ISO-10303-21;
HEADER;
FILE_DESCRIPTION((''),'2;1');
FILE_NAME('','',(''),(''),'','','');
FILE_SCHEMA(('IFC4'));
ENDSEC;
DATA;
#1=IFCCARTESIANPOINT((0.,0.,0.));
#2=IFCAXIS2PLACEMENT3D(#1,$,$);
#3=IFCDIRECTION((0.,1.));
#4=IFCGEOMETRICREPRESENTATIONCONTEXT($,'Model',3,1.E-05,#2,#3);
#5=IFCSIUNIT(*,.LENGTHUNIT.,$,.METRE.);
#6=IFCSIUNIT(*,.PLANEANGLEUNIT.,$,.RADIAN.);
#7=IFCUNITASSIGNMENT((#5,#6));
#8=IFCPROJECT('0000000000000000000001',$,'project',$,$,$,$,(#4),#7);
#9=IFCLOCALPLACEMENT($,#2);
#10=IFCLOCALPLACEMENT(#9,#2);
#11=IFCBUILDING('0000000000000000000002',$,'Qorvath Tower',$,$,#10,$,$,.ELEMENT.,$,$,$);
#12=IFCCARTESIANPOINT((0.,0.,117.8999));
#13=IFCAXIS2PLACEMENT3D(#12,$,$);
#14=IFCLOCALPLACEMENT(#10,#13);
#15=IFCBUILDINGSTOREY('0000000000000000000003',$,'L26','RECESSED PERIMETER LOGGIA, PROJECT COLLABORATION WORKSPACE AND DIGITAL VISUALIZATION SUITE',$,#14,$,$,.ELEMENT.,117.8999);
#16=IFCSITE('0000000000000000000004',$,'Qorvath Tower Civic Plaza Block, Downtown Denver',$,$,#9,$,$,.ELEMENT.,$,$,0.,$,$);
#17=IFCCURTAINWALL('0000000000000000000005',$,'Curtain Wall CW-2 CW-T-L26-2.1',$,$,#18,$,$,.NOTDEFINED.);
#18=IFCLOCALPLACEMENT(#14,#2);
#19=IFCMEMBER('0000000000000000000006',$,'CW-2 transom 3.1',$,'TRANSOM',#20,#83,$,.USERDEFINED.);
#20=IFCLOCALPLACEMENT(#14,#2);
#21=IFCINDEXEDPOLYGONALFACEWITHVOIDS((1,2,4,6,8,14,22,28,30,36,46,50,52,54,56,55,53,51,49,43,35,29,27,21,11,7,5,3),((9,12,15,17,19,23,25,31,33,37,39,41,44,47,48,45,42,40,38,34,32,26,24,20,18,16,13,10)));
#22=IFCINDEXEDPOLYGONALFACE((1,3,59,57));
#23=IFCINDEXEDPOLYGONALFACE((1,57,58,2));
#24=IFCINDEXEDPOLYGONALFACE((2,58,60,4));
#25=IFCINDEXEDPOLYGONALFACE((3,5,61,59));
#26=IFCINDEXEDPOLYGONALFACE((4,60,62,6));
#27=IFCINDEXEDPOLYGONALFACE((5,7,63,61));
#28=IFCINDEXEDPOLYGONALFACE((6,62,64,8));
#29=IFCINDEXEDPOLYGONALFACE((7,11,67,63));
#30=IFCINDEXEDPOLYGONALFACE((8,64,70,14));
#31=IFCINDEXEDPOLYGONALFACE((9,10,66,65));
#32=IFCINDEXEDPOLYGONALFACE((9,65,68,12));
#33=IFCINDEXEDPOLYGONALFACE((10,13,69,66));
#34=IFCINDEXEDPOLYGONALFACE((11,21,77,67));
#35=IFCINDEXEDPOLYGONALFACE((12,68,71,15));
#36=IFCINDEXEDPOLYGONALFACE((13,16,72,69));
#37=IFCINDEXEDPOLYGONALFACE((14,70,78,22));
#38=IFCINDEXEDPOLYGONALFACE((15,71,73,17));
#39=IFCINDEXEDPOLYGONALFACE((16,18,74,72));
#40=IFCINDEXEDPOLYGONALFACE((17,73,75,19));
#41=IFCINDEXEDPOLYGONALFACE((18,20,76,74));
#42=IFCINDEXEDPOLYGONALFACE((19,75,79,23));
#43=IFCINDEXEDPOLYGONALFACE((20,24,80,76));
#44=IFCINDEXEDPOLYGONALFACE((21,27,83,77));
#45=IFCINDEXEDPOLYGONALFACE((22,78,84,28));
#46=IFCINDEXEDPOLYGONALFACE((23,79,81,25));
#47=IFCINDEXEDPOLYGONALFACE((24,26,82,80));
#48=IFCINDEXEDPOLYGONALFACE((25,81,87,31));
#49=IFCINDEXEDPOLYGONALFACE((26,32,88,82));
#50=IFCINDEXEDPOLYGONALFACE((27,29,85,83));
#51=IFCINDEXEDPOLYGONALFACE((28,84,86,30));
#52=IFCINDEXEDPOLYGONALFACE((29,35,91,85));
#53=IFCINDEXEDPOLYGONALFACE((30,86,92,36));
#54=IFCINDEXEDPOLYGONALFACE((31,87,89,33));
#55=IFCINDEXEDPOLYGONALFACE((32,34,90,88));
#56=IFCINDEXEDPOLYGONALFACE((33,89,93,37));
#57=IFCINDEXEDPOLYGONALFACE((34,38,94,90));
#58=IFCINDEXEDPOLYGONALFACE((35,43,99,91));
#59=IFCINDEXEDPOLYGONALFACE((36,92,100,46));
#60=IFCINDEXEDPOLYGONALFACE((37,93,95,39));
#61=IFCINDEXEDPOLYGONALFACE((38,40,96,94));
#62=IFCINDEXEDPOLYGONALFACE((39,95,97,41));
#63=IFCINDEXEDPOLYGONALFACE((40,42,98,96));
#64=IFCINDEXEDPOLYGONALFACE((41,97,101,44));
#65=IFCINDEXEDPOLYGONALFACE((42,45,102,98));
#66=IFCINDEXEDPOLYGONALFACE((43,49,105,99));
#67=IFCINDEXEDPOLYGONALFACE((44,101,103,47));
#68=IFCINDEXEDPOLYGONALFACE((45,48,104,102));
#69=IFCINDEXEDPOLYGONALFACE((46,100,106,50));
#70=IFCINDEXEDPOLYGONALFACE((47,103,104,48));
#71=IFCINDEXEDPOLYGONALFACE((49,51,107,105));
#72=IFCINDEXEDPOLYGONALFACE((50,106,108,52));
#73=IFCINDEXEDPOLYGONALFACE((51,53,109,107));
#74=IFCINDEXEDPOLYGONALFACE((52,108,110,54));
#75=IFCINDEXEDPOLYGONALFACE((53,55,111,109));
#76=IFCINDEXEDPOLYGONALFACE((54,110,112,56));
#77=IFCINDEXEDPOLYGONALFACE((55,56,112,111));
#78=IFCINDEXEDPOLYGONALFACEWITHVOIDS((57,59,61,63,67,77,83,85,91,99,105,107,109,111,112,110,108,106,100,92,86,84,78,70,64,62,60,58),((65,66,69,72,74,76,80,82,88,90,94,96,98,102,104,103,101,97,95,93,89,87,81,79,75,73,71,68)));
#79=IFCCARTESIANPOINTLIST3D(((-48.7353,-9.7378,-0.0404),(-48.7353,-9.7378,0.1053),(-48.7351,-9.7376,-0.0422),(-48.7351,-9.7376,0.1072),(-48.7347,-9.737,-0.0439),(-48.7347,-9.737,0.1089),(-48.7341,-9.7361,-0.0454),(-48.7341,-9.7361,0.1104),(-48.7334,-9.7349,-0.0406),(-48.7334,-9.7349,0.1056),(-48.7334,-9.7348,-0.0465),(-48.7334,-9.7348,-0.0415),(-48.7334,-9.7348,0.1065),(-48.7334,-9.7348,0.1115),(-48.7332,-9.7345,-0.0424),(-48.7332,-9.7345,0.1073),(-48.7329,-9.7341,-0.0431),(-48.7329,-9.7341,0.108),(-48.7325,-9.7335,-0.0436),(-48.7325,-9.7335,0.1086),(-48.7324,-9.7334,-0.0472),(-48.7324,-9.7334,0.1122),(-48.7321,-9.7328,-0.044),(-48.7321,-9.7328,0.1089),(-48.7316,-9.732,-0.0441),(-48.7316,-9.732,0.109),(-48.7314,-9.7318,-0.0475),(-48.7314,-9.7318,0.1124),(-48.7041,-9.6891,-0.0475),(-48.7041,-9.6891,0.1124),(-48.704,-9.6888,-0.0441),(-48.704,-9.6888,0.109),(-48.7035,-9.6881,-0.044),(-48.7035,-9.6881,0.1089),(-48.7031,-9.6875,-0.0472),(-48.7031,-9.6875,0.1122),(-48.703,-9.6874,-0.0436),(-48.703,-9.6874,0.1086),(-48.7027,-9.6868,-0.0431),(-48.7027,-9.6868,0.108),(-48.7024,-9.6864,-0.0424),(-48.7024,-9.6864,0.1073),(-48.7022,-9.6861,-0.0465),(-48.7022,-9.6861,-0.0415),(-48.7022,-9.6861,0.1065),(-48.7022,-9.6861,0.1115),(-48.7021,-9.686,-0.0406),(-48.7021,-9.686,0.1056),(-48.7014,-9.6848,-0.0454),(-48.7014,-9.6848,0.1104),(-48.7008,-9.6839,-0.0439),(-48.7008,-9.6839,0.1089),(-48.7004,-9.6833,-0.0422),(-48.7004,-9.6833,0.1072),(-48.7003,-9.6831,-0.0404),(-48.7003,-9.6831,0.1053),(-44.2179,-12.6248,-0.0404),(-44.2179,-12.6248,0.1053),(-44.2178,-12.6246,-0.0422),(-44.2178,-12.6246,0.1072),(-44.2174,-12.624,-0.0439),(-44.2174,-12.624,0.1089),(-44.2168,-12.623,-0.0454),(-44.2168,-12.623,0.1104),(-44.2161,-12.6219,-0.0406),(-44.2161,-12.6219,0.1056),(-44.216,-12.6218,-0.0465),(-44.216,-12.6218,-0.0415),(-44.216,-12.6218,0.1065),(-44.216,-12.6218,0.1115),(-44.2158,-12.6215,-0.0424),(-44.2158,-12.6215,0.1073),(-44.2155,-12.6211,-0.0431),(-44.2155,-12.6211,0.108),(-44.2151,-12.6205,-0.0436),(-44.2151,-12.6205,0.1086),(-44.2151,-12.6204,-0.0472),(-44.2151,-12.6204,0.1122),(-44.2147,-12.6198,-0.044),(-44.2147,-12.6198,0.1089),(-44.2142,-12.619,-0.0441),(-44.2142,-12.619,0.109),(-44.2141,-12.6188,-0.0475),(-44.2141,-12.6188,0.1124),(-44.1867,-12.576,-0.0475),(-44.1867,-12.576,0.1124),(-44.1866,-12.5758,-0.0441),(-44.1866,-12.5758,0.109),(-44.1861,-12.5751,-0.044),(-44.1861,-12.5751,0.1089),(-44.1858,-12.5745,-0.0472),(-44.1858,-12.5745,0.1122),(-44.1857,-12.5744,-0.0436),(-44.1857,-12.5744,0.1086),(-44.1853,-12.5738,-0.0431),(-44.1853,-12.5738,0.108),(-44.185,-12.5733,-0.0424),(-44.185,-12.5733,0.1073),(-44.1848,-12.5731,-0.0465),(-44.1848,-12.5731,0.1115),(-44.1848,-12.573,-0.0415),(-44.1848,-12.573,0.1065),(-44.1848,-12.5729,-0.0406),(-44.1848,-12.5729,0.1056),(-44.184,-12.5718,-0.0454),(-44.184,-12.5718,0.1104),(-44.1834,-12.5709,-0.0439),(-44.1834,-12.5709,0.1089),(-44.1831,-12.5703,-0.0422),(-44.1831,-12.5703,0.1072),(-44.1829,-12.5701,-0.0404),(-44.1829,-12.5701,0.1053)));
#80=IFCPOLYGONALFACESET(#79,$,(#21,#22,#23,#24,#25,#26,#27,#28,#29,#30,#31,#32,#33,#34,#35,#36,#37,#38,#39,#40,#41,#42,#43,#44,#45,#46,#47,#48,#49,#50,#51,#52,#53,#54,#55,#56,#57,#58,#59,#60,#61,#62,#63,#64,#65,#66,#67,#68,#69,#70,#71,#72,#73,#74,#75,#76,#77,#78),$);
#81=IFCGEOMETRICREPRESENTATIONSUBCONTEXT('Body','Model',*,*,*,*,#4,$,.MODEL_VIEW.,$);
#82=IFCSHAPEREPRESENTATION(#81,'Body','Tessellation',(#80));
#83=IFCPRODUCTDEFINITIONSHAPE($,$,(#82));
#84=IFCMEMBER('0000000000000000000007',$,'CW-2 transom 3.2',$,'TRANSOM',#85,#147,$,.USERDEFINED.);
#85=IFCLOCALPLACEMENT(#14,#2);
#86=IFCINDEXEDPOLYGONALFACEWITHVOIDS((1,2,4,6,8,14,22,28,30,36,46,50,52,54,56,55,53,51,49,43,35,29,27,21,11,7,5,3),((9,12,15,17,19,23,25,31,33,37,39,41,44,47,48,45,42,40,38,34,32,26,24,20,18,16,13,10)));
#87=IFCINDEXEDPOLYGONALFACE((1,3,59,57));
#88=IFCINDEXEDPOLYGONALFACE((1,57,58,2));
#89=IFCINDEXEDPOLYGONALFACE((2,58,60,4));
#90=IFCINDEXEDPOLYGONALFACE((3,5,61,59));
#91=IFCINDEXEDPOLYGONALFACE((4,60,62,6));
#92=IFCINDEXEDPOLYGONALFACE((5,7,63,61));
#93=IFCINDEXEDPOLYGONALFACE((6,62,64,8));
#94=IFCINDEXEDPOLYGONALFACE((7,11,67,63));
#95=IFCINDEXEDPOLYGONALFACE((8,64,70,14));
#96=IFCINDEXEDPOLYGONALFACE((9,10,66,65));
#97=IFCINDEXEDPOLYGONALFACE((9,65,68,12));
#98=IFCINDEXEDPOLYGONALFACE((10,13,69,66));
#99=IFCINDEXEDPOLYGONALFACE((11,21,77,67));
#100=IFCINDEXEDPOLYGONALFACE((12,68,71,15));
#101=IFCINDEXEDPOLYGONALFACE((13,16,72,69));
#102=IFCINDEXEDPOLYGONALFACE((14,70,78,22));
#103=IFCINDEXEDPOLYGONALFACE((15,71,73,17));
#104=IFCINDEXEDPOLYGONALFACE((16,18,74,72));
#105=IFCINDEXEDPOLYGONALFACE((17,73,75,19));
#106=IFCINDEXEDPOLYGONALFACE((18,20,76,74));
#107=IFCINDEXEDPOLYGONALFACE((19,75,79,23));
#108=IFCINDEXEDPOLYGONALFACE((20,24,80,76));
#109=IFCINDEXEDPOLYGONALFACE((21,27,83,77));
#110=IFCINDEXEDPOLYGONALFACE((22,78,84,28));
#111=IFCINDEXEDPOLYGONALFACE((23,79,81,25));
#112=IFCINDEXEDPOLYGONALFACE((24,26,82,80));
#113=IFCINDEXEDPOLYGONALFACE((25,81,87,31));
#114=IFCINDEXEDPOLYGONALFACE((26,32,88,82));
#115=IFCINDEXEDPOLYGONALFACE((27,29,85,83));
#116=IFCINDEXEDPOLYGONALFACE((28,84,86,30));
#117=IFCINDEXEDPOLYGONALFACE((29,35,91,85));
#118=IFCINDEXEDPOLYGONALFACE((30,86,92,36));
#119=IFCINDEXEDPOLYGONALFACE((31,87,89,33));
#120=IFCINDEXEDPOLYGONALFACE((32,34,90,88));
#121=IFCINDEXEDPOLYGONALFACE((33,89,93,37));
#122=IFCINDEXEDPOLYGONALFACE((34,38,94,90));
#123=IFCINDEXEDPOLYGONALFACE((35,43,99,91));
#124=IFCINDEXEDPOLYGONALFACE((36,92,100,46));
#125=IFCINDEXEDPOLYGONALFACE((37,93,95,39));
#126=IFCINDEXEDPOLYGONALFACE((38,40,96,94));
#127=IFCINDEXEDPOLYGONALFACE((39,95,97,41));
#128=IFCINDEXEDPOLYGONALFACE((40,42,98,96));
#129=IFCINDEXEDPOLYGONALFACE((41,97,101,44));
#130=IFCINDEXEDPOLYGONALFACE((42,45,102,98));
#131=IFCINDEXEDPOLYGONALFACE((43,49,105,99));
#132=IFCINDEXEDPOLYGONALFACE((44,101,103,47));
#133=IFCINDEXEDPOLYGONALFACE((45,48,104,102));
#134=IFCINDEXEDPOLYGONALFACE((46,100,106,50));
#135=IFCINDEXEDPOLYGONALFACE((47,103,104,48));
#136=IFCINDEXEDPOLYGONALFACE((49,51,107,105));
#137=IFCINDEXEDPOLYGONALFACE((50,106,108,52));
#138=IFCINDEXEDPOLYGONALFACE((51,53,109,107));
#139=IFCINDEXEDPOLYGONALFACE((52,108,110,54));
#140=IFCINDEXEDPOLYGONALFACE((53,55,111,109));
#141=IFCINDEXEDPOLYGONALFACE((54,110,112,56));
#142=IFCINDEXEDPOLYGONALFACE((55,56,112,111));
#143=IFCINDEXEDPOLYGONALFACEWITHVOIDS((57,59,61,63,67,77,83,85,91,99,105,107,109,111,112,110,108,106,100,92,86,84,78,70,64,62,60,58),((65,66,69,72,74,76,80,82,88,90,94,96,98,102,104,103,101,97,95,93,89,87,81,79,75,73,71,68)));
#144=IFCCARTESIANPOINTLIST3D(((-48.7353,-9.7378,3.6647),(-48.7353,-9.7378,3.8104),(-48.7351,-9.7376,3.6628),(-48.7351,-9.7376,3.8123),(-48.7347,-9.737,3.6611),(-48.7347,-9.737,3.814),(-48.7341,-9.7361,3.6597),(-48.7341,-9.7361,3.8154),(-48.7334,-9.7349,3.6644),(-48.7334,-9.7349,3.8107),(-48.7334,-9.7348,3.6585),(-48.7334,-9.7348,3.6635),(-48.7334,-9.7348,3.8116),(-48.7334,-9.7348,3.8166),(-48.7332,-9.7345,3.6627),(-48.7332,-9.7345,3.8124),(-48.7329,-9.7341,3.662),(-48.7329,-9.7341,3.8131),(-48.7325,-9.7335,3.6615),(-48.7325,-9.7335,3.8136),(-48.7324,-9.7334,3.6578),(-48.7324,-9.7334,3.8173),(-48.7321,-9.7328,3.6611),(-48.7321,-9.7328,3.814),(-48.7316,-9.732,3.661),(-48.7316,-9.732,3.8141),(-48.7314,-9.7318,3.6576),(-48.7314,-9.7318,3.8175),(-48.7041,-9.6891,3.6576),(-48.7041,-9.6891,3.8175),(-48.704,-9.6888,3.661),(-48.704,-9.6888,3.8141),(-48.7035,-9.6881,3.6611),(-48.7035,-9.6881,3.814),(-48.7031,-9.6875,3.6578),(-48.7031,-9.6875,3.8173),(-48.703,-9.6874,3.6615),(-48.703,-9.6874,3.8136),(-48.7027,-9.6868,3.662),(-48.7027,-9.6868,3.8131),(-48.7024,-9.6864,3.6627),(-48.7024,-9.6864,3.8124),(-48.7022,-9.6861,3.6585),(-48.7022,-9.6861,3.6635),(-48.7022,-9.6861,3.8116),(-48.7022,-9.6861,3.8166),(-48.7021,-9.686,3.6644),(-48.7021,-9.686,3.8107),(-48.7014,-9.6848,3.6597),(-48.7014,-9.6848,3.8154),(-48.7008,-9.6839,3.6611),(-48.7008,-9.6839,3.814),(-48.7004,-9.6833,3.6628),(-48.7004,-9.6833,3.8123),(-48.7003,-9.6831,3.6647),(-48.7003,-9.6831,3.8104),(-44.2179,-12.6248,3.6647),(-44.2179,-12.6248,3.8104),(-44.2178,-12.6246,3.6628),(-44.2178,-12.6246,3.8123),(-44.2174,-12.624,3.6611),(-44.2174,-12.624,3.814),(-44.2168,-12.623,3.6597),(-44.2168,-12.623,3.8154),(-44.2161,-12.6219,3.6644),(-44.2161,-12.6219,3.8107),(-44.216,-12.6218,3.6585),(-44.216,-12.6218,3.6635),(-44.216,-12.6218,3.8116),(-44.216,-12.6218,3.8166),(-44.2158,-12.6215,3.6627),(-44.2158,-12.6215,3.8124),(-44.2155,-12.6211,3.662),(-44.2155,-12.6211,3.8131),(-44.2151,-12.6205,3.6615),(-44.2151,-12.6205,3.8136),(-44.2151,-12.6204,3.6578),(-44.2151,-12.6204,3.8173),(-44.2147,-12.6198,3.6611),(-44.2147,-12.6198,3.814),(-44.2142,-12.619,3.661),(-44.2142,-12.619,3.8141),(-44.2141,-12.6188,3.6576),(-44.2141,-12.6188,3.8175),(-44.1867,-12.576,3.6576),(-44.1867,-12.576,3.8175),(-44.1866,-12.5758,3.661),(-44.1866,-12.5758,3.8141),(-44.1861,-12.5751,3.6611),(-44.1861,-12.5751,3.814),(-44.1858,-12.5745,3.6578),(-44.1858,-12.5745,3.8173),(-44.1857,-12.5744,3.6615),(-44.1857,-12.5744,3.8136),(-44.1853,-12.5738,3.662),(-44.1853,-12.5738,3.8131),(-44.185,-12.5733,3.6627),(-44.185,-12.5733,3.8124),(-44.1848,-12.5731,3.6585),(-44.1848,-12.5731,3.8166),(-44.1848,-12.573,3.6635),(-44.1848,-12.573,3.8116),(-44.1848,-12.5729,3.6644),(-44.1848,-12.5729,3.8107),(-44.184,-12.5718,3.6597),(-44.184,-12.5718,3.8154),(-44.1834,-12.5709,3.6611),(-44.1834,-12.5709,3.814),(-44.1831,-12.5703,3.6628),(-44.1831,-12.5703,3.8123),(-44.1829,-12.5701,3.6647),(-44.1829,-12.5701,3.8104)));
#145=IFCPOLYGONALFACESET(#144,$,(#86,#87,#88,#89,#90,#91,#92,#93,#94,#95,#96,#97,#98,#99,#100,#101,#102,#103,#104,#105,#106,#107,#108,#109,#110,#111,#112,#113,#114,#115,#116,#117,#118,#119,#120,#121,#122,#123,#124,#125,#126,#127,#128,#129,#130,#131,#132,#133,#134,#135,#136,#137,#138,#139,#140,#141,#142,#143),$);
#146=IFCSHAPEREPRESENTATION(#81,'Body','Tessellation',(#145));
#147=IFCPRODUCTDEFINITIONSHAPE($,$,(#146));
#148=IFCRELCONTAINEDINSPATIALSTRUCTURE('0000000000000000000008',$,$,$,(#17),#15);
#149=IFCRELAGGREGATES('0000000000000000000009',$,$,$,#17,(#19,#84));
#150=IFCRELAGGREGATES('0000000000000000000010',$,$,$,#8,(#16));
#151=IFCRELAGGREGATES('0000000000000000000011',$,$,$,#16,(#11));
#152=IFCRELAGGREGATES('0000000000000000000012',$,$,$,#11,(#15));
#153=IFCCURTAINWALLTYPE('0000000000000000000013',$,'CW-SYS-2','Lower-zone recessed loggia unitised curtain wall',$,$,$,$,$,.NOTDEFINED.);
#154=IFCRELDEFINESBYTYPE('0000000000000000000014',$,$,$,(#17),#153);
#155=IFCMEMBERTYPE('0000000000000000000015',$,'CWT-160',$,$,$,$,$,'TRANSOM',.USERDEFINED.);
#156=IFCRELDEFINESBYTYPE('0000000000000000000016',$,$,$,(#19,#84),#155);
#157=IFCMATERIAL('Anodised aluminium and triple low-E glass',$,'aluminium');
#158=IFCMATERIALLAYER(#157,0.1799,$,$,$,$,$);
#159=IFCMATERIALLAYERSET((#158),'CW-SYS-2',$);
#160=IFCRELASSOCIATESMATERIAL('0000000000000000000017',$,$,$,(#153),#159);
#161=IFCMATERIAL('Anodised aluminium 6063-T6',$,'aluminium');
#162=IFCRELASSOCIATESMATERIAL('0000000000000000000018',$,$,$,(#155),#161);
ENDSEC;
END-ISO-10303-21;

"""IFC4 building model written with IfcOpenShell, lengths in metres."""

from ifc_helpers import new_model, si_unit, direction, frame, origin, origin_2d, place, context, subcontext, project, spatial, hollow_rectangle, extrude, material, layer, layer_set, material_profile, profile_set, type_object, element, aggregate, save


model = new_model("IFC4")

# Units and contexts
model_context = context("Model", 3, precision=1e-05, world=origin(), true_north=direction((0.0, 1.0)))
body_context = subcontext(model_context, "Body", "Model", "MODEL_VIEW")
ifc_project = project(units=[si_unit("LENGTHUNIT", "METRE"), si_unit("PLANEANGLEUNIT", "RADIAN")], contexts=[model_context])

# Site, building, storey
site_placement = place(None, origin())
site = spatial("IfcSite", under=ifc_project, at=site_placement, Name="Qorvath Tower Civic Plaza Block, Downtown Denver", CompositionType="ELEMENT", RefElevation=0.0)
building_placement = place(site_placement, origin())
building = spatial("IfcBuilding", under=site, at=building_placement, Name="Qorvath Tower", CompositionType="ELEMENT")
storey_placement = place(building_placement, frame((0.0, 0.0, 117.8999)))
storey = spatial("IfcBuildingStorey", under=building, at=storey_placement, Name="L26", Description="RECESSED PERIMETER LOGGIA, PROJECT COLLABORATION WORKSPACE AND DIGITAL VISUALIZATION SUITE", CompositionType="ELEMENT", Elevation=117.8999)

# Curtain wall, members
ifc_material_1 = material(Name="Anodised aluminium and triple low-E glass", Category="aluminium")
ifc_layer_1 = layer(ifc_material_1, 0.1799)
ifc_layer_set_1 = layer_set([ifc_layer_1], Name="CW-SYS-2")
curtain_wall_type = type_object("IfcCurtainWallType", Name="CW-SYS-2", Description="Lower-zone recessed loggia unitised curtain wall", PredefinedType="NOTDEFINED", material=ifc_layer_set_1)
curtain_wall_placement = place(storey_placement, origin())
curtain_wall = element("IfcCurtainWall", 1, at=curtain_wall_placement, inside=storey, type_object=curtain_wall_type, Name="Curtain Wall CW-2 CW-T-L26-2.1", PredefinedType="NOTDEFINED")
ifc_material_2 = material(Name="Anodised aluminium 6063-T6", Category="aluminium")
ifc_material_profile_1 = material_profile(ifc_material_2, hollow_rectangle(XDim=0.0649, YDim=0.1599, WallThickness=0.0034, InnerFilletRadius=0.0034, OuterFilletRadius=0.0071, at=origin_2d()), Name="CWT 160x65")
ifc_profile_set_1 = profile_set([ifc_material_profile_1], Name="Anodised aluminium 6063-T6")
member_type_1 = type_object("IfcMemberType", Name="CWT-160", ElementType="TRANSOM", PredefinedType="USERDEFINED", material=ifc_profile_set_1)
member_1_placement = place(storey_placement, frame((-48.7178, -9.7104, 0.0325), z_axis=(0.842621, -0.538507, 0.0), x_axis=(0.538507, 0.842621, 0.0)))
member_1 = element("IfcMember", 2, at=member_1_placement, type_object=member_type_1, Name="CW-2 transom 3.1", ObjectType="TRANSOM", PredefinedType="USERDEFINED", context=body_context, shape_type="SweptSolid", body=[
    extrude(hollow_rectangle(XDim=0.0649, YDim=0.1599, WallThickness=0.0034, InnerFilletRadius=0.0034, OuterFilletRadius=0.0071, at=origin_2d()), origin(), (0.0, 0.0, 1.0), 5.3611),
])
member_2_placement = place(storey_placement, frame((-48.7178, -9.7104, 3.7375), z_axis=(0.842621, -0.538507, 0.0), x_axis=(0.538507, 0.842621, 0.0)))
member_2 = element("IfcMember", 3, at=member_2_placement, type_object=member_type_1, Name="CW-2 transom 3.2", ObjectType="TRANSOM", PredefinedType="USERDEFINED", context=body_context, shape_type="SweptSolid", body=[
    extrude(hollow_rectangle(XDim=0.0649, YDim=0.1599, WallThickness=0.0034, InnerFilletRadius=0.0034, OuterFilletRadius=0.0071, at=origin_2d()), origin(), (0.0, 0.0, 1.0), 5.3611),
])
aggregate(curtain_wall, [member_1, member_2])

save(model, "model.ifc")
